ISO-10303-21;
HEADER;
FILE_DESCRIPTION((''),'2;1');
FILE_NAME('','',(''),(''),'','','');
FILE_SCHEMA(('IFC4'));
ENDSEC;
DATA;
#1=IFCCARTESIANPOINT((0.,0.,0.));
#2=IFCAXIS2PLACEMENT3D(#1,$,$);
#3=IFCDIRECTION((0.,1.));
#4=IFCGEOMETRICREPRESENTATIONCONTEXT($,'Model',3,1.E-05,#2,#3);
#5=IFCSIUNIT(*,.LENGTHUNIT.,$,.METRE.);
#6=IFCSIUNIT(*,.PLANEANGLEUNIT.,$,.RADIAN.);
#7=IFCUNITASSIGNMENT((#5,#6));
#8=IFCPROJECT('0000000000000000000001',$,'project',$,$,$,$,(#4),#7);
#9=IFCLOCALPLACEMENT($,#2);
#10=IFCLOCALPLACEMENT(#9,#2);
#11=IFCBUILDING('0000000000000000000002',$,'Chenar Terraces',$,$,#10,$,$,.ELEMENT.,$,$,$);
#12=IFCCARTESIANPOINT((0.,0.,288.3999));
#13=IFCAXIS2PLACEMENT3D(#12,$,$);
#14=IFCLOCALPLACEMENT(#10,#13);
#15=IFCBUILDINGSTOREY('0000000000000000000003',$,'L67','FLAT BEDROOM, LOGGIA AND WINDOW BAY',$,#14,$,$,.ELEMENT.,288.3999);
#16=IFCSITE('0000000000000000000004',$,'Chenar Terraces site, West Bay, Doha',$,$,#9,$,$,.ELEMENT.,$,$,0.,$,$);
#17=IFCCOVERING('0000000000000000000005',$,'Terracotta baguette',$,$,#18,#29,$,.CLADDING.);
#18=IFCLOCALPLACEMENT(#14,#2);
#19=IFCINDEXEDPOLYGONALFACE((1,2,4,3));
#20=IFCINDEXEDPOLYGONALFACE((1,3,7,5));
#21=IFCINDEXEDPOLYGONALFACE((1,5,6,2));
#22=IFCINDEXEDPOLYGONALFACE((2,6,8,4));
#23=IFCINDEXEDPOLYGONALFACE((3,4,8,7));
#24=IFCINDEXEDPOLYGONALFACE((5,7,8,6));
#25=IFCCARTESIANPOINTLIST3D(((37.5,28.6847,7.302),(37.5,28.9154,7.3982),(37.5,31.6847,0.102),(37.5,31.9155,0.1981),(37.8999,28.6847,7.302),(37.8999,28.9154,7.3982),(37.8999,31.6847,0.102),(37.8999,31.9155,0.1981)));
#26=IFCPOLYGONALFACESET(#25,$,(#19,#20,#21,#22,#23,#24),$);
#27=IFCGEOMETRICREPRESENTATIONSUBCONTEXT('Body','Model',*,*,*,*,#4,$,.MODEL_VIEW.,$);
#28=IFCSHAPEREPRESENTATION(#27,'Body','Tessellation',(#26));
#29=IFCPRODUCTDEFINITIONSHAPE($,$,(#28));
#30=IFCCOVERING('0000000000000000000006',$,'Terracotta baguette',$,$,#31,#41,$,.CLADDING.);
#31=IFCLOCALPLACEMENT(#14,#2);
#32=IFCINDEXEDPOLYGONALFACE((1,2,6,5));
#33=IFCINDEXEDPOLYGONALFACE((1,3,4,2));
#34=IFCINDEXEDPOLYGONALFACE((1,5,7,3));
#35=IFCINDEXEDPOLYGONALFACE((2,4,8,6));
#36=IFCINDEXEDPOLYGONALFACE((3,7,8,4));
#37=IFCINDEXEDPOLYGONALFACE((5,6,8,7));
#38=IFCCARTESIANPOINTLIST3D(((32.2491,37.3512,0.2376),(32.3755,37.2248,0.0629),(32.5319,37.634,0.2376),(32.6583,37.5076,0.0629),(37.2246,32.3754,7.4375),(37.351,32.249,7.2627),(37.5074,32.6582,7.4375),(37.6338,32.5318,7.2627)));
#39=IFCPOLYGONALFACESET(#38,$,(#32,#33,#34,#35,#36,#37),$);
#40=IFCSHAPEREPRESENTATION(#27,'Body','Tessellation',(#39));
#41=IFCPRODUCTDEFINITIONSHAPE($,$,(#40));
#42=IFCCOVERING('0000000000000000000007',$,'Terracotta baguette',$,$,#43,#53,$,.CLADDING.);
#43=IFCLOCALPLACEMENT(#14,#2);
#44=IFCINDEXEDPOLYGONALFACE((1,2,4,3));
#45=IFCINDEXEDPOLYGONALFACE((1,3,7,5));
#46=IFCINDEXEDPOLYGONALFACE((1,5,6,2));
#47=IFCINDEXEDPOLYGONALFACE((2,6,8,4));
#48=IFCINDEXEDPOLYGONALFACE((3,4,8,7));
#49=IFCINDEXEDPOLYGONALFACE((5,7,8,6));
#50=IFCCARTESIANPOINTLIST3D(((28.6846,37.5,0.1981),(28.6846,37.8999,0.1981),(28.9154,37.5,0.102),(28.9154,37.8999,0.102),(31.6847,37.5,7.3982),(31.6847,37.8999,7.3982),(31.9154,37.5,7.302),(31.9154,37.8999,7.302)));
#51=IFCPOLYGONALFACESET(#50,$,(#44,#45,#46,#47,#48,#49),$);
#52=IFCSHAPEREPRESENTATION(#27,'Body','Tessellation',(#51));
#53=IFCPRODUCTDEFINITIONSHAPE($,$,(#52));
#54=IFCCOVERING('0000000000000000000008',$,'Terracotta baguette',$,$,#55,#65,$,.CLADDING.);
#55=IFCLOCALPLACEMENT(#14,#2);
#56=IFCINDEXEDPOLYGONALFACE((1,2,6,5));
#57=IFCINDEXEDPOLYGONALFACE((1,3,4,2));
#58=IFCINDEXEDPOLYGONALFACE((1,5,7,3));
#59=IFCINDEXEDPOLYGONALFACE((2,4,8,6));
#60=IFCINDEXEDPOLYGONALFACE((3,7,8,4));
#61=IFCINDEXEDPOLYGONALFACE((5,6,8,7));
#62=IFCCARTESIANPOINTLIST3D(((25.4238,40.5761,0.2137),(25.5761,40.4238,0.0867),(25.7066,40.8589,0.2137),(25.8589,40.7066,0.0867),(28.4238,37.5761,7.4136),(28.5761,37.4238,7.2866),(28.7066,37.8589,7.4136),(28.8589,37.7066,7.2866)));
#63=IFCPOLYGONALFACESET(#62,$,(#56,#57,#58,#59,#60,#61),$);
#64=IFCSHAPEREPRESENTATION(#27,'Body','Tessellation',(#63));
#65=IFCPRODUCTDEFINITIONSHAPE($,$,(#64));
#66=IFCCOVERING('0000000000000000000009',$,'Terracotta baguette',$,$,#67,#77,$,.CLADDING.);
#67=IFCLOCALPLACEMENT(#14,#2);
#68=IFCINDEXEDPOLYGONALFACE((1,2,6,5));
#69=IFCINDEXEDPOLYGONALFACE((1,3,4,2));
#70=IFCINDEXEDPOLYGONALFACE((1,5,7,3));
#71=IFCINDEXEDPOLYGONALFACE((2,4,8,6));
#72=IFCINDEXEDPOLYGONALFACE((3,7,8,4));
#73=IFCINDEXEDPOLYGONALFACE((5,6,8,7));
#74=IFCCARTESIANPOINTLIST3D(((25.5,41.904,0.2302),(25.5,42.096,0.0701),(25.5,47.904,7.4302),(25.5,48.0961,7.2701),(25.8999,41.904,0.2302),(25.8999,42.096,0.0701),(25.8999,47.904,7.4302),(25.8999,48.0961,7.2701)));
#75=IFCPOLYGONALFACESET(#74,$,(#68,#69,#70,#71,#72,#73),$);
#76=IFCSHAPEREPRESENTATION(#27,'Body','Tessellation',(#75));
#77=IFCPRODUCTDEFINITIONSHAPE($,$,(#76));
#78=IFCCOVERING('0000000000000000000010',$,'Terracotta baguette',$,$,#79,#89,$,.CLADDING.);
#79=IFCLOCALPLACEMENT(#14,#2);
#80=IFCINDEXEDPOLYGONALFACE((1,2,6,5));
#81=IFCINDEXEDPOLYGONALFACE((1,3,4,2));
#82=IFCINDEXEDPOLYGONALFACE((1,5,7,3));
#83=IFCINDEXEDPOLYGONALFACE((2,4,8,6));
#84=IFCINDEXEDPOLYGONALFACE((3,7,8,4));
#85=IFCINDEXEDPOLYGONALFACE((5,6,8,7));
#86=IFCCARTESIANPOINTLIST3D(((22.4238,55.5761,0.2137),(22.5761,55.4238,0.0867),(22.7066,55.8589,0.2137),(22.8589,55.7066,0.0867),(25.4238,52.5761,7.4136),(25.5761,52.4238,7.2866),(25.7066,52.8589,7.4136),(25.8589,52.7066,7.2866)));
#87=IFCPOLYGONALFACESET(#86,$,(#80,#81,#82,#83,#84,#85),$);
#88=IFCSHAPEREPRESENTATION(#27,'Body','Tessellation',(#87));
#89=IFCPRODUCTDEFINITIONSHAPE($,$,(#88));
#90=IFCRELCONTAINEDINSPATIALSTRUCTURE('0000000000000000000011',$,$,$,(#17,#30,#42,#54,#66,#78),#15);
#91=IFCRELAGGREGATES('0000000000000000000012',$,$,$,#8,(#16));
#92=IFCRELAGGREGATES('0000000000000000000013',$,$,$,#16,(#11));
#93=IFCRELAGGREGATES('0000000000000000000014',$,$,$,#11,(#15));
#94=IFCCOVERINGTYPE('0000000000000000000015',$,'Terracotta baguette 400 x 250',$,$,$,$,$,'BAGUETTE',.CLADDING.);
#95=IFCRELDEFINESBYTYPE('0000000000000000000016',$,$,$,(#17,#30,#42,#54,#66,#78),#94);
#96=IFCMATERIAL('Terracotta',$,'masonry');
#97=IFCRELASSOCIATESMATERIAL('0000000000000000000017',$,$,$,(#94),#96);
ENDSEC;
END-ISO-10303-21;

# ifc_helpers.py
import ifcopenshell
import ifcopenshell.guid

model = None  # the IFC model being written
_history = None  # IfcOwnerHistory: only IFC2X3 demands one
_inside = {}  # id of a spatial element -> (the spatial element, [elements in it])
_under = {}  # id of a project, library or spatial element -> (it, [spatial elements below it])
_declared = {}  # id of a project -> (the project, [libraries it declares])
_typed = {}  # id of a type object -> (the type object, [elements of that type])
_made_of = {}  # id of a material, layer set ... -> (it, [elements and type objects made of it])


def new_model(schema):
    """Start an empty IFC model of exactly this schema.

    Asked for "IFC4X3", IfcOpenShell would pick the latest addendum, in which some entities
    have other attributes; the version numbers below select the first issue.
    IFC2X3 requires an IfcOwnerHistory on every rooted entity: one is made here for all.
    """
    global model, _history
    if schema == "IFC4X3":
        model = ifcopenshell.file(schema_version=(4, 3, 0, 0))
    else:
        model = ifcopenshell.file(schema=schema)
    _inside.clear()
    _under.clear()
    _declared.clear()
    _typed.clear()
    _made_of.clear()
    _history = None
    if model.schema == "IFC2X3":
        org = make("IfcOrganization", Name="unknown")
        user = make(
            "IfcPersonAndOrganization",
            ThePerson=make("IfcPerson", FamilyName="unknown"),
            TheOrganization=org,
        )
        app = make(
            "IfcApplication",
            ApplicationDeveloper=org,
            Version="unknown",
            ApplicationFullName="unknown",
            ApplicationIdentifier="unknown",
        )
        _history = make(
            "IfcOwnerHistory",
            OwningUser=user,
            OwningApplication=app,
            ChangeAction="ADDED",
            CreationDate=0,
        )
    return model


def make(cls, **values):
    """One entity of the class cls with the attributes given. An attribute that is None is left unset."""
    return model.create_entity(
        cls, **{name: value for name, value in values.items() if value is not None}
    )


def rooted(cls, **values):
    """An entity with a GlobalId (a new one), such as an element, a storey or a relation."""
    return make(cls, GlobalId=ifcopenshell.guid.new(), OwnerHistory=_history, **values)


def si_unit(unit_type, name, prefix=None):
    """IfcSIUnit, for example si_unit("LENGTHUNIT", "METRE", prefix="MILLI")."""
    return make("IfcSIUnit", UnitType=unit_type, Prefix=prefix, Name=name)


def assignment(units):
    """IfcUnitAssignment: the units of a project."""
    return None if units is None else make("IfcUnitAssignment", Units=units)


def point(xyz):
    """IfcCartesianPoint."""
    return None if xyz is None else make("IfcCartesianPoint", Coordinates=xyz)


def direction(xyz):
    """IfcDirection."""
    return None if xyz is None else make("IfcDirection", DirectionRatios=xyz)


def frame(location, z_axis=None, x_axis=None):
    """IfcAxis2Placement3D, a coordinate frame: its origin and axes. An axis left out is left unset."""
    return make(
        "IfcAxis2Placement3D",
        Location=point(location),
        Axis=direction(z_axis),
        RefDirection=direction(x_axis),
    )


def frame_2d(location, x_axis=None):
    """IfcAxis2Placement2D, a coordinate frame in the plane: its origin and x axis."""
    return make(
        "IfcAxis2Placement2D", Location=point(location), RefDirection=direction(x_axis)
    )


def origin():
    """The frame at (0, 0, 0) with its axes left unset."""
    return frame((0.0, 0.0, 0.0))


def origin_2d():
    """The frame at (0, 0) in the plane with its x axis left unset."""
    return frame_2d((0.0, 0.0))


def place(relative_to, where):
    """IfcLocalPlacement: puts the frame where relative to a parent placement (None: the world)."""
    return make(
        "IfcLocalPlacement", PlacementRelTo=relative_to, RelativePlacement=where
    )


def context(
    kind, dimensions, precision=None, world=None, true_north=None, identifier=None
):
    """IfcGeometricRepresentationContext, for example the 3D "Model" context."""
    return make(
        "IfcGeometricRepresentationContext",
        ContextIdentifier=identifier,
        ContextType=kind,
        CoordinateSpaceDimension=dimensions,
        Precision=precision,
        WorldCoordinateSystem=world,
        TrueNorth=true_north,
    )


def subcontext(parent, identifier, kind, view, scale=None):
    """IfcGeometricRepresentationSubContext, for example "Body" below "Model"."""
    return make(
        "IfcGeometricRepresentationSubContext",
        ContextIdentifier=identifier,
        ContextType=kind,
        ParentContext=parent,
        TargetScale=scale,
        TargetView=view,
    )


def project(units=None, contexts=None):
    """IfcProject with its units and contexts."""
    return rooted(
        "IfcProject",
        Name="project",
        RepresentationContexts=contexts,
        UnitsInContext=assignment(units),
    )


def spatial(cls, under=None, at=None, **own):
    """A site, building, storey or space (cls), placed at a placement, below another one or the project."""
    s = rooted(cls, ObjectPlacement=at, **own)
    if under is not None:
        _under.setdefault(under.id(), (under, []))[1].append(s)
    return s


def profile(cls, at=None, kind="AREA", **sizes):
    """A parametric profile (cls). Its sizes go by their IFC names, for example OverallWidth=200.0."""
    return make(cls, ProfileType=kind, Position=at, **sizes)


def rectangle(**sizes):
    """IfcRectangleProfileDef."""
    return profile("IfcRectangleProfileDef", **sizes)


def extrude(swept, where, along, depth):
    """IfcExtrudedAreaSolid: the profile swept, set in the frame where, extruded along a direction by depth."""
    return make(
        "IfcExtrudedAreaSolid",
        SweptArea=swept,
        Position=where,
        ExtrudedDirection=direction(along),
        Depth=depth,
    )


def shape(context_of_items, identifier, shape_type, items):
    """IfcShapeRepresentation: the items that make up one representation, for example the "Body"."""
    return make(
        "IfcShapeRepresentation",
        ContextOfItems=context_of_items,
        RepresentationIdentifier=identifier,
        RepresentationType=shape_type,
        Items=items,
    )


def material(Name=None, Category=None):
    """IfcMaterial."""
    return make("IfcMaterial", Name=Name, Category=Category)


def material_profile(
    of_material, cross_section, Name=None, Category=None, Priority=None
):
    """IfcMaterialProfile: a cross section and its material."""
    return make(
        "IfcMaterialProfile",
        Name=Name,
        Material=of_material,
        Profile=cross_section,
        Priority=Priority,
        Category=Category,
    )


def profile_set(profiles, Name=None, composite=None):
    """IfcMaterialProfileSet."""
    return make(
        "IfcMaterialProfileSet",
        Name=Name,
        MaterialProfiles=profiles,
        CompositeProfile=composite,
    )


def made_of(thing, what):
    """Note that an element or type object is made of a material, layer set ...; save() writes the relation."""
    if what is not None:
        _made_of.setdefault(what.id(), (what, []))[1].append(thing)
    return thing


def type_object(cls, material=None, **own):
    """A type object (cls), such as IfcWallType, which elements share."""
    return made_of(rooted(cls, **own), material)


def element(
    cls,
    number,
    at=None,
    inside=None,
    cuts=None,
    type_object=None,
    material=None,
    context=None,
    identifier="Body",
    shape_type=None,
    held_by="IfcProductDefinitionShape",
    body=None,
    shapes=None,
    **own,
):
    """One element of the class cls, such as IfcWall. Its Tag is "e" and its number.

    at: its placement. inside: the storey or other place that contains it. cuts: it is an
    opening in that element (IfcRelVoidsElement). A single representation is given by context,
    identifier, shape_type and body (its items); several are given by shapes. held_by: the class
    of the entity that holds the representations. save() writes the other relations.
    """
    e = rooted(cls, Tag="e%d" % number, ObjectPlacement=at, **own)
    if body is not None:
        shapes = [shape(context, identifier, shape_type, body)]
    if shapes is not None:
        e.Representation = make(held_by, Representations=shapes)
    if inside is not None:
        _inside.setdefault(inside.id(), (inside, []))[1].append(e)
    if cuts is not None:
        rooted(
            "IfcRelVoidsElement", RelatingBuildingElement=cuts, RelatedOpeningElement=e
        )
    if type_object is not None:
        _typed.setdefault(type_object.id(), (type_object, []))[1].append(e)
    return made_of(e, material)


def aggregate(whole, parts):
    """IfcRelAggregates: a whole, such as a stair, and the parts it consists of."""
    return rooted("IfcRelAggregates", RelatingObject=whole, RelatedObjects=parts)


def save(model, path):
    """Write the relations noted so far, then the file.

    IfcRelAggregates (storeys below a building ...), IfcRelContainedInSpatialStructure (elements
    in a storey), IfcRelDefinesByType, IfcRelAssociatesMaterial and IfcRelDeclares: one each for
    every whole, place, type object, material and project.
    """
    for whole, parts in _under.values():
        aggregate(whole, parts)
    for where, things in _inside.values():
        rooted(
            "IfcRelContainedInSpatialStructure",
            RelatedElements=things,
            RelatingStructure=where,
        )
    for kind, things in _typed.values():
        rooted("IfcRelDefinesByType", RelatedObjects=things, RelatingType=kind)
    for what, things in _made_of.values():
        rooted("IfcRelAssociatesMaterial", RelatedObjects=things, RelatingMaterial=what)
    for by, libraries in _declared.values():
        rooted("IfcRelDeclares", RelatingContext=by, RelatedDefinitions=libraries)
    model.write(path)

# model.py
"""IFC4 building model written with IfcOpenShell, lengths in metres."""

from ifc_helpers import new_model, si_unit, direction, frame, origin, origin_2d, place, context, subcontext, project, spatial, rectangle, extrude, material, material_profile, profile_set, type_object, element, save


model = new_model("IFC4")

# Units and contexts
model_context = context("Model", 3, precision=1e-05, world=origin(), true_north=direction((0.0, 1.0)))
body_context = subcontext(model_context, "Body", "Model", "MODEL_VIEW")
ifc_project = project(units=[si_unit("LENGTHUNIT", "METRE"), si_unit("PLANEANGLEUNIT", "RADIAN")], contexts=[model_context])

# Site, building, storey
site_placement = place(None, origin())
site = spatial("IfcSite", under=ifc_project, at=site_placement, Name="Chenar Terraces site, West Bay, Doha", CompositionType="ELEMENT", RefElevation=0.0)
building_placement = place(site_placement, origin())
building = spatial("IfcBuilding", under=site, at=building_placement, Name="Chenar Terraces", CompositionType="ELEMENT")
storey_placement = place(building_placement, frame((0.0, 0.0, 288.3999)))
storey = spatial("IfcBuildingStorey", under=building, at=storey_placement, Name="L67", Description="FLAT BEDROOM, LOGGIA AND WINDOW BAY", CompositionType="ELEMENT", Elevation=288.3999)

# Coverings
ifc_material_1 = material(Name="Terracotta", Category="masonry")
ifc_material_profile_1 = material_profile(ifc_material_1, rectangle(XDim=0.3999, YDim=0.25, at=origin_2d()), Name="Terracotta baguette 400 x 250")
ifc_profile_set_1 = profile_set([ifc_material_profile_1], Name="Terracotta")
covering_type = type_object("IfcCoveringType", Name="Terracotta baguette 400 x 250", ElementType="BAGUETTE", PredefinedType="CLADDING", material=ifc_profile_set_1)
covering_1_placement = place(storey_placement, frame((37.7, 28.8, 7.3501), z_axis=(0.0, 0.384618, -0.923076), x_axis=(-1.0, 0.0, 0.0)))
element("IfcCovering", 1, at=covering_1_placement, inside=storey, type_object=covering_type, Name="Terracotta baguette", PredefinedType="CLADDING", context=body_context, shape_type="SweptSolid", body=[
    extrude(rectangle(XDim=0.3999, YDim=0.25, at=origin_2d()), origin(), (0.0, 0.0, 1.0), 7.8),
])
covering_2_placement = place(storey_placement, frame((37.4292, 32.4536, 7.3501), z_axis=(-0.494222, 0.494247, -0.715167), x_axis=(-0.707124, -0.707089, 0.0)))
element("IfcCovering", 2, at=covering_2_placement, inside=storey, type_object=covering_type, Name="Terracotta baguette", PredefinedType="CLADDING", context=body_context, shape_type="SweptSolid", body=[
    extrude(rectangle(XDim=0.3999, YDim=0.25, at=origin_2d()), origin(), (0.0, 0.0, 1.0), 10.0674),
])
covering_3_placement = place(storey_placement, frame((31.8, 37.7, 7.3501), z_axis=(-0.384618, 0.0, -0.923076), x_axis=(0.0, -1.0, 0.0)))
element("IfcCovering", 3, at=covering_3_placement, inside=storey, type_object=covering_type, Name="Terracotta baguette", PredefinedType="CLADDING", context=body_context, shape_type="SweptSolid", body=[
    extrude(rectangle(XDim=0.3999, YDim=0.25, at=origin_2d()), origin(), (0.0, 0.0, 1.0), 7.8),
])
covering_4_placement = place(storey_placement, frame((28.6414, 37.6414, 7.3501), z_axis=(-0.358981, 0.358981, -0.861548), x_axis=(-0.707107, -0.707107, 0.0)))
element("IfcCovering", 4, at=covering_4_placement, inside=storey, type_object=covering_type, Name="Terracotta baguette", PredefinedType="CLADDING", context=body_context, shape_type="SweptSolid", body=[
    extrude(rectangle(XDim=0.3999, YDim=0.25, at=origin_2d()), origin(), (0.0, 0.0, 1.0), 8.3569),
])
covering_5_placement = place(storey_placement, frame((25.7, 42.0, 0.1501), z_axis=(0.0, 0.640187, 0.768219), x_axis=(-1.0, 0.0, 0.0)))
element("IfcCovering", 5, at=covering_5_placement, inside=storey, type_object=covering_type, Name="Terracotta baguette", PredefinedType="CLADDING", context=body_context, shape_type="SweptSolid", body=[
    extrude(rectangle(XDim=0.3999, YDim=0.25, at=origin_2d()), origin(), (0.0, 0.0, 1.0), 9.3723),
])
covering_6_placement = place(storey_placement, frame((25.6414, 52.6414, 7.3501), z_axis=(-0.358981, 0.358981, -0.861548), x_axis=(-0.707107, -0.707107, 0.0)))
element("IfcCovering", 6, at=covering_6_placement, inside=storey, type_object=covering_type, Name="Terracotta baguette", PredefinedType="CLADDING", context=body_context, shape_type="SweptSolid", body=[
    extrude(rectangle(XDim=0.3999, YDim=0.25, at=origin_2d()), origin(), (0.0, 0.0, 1.0), 8.3569),
])

save(model, "model.ifc")
